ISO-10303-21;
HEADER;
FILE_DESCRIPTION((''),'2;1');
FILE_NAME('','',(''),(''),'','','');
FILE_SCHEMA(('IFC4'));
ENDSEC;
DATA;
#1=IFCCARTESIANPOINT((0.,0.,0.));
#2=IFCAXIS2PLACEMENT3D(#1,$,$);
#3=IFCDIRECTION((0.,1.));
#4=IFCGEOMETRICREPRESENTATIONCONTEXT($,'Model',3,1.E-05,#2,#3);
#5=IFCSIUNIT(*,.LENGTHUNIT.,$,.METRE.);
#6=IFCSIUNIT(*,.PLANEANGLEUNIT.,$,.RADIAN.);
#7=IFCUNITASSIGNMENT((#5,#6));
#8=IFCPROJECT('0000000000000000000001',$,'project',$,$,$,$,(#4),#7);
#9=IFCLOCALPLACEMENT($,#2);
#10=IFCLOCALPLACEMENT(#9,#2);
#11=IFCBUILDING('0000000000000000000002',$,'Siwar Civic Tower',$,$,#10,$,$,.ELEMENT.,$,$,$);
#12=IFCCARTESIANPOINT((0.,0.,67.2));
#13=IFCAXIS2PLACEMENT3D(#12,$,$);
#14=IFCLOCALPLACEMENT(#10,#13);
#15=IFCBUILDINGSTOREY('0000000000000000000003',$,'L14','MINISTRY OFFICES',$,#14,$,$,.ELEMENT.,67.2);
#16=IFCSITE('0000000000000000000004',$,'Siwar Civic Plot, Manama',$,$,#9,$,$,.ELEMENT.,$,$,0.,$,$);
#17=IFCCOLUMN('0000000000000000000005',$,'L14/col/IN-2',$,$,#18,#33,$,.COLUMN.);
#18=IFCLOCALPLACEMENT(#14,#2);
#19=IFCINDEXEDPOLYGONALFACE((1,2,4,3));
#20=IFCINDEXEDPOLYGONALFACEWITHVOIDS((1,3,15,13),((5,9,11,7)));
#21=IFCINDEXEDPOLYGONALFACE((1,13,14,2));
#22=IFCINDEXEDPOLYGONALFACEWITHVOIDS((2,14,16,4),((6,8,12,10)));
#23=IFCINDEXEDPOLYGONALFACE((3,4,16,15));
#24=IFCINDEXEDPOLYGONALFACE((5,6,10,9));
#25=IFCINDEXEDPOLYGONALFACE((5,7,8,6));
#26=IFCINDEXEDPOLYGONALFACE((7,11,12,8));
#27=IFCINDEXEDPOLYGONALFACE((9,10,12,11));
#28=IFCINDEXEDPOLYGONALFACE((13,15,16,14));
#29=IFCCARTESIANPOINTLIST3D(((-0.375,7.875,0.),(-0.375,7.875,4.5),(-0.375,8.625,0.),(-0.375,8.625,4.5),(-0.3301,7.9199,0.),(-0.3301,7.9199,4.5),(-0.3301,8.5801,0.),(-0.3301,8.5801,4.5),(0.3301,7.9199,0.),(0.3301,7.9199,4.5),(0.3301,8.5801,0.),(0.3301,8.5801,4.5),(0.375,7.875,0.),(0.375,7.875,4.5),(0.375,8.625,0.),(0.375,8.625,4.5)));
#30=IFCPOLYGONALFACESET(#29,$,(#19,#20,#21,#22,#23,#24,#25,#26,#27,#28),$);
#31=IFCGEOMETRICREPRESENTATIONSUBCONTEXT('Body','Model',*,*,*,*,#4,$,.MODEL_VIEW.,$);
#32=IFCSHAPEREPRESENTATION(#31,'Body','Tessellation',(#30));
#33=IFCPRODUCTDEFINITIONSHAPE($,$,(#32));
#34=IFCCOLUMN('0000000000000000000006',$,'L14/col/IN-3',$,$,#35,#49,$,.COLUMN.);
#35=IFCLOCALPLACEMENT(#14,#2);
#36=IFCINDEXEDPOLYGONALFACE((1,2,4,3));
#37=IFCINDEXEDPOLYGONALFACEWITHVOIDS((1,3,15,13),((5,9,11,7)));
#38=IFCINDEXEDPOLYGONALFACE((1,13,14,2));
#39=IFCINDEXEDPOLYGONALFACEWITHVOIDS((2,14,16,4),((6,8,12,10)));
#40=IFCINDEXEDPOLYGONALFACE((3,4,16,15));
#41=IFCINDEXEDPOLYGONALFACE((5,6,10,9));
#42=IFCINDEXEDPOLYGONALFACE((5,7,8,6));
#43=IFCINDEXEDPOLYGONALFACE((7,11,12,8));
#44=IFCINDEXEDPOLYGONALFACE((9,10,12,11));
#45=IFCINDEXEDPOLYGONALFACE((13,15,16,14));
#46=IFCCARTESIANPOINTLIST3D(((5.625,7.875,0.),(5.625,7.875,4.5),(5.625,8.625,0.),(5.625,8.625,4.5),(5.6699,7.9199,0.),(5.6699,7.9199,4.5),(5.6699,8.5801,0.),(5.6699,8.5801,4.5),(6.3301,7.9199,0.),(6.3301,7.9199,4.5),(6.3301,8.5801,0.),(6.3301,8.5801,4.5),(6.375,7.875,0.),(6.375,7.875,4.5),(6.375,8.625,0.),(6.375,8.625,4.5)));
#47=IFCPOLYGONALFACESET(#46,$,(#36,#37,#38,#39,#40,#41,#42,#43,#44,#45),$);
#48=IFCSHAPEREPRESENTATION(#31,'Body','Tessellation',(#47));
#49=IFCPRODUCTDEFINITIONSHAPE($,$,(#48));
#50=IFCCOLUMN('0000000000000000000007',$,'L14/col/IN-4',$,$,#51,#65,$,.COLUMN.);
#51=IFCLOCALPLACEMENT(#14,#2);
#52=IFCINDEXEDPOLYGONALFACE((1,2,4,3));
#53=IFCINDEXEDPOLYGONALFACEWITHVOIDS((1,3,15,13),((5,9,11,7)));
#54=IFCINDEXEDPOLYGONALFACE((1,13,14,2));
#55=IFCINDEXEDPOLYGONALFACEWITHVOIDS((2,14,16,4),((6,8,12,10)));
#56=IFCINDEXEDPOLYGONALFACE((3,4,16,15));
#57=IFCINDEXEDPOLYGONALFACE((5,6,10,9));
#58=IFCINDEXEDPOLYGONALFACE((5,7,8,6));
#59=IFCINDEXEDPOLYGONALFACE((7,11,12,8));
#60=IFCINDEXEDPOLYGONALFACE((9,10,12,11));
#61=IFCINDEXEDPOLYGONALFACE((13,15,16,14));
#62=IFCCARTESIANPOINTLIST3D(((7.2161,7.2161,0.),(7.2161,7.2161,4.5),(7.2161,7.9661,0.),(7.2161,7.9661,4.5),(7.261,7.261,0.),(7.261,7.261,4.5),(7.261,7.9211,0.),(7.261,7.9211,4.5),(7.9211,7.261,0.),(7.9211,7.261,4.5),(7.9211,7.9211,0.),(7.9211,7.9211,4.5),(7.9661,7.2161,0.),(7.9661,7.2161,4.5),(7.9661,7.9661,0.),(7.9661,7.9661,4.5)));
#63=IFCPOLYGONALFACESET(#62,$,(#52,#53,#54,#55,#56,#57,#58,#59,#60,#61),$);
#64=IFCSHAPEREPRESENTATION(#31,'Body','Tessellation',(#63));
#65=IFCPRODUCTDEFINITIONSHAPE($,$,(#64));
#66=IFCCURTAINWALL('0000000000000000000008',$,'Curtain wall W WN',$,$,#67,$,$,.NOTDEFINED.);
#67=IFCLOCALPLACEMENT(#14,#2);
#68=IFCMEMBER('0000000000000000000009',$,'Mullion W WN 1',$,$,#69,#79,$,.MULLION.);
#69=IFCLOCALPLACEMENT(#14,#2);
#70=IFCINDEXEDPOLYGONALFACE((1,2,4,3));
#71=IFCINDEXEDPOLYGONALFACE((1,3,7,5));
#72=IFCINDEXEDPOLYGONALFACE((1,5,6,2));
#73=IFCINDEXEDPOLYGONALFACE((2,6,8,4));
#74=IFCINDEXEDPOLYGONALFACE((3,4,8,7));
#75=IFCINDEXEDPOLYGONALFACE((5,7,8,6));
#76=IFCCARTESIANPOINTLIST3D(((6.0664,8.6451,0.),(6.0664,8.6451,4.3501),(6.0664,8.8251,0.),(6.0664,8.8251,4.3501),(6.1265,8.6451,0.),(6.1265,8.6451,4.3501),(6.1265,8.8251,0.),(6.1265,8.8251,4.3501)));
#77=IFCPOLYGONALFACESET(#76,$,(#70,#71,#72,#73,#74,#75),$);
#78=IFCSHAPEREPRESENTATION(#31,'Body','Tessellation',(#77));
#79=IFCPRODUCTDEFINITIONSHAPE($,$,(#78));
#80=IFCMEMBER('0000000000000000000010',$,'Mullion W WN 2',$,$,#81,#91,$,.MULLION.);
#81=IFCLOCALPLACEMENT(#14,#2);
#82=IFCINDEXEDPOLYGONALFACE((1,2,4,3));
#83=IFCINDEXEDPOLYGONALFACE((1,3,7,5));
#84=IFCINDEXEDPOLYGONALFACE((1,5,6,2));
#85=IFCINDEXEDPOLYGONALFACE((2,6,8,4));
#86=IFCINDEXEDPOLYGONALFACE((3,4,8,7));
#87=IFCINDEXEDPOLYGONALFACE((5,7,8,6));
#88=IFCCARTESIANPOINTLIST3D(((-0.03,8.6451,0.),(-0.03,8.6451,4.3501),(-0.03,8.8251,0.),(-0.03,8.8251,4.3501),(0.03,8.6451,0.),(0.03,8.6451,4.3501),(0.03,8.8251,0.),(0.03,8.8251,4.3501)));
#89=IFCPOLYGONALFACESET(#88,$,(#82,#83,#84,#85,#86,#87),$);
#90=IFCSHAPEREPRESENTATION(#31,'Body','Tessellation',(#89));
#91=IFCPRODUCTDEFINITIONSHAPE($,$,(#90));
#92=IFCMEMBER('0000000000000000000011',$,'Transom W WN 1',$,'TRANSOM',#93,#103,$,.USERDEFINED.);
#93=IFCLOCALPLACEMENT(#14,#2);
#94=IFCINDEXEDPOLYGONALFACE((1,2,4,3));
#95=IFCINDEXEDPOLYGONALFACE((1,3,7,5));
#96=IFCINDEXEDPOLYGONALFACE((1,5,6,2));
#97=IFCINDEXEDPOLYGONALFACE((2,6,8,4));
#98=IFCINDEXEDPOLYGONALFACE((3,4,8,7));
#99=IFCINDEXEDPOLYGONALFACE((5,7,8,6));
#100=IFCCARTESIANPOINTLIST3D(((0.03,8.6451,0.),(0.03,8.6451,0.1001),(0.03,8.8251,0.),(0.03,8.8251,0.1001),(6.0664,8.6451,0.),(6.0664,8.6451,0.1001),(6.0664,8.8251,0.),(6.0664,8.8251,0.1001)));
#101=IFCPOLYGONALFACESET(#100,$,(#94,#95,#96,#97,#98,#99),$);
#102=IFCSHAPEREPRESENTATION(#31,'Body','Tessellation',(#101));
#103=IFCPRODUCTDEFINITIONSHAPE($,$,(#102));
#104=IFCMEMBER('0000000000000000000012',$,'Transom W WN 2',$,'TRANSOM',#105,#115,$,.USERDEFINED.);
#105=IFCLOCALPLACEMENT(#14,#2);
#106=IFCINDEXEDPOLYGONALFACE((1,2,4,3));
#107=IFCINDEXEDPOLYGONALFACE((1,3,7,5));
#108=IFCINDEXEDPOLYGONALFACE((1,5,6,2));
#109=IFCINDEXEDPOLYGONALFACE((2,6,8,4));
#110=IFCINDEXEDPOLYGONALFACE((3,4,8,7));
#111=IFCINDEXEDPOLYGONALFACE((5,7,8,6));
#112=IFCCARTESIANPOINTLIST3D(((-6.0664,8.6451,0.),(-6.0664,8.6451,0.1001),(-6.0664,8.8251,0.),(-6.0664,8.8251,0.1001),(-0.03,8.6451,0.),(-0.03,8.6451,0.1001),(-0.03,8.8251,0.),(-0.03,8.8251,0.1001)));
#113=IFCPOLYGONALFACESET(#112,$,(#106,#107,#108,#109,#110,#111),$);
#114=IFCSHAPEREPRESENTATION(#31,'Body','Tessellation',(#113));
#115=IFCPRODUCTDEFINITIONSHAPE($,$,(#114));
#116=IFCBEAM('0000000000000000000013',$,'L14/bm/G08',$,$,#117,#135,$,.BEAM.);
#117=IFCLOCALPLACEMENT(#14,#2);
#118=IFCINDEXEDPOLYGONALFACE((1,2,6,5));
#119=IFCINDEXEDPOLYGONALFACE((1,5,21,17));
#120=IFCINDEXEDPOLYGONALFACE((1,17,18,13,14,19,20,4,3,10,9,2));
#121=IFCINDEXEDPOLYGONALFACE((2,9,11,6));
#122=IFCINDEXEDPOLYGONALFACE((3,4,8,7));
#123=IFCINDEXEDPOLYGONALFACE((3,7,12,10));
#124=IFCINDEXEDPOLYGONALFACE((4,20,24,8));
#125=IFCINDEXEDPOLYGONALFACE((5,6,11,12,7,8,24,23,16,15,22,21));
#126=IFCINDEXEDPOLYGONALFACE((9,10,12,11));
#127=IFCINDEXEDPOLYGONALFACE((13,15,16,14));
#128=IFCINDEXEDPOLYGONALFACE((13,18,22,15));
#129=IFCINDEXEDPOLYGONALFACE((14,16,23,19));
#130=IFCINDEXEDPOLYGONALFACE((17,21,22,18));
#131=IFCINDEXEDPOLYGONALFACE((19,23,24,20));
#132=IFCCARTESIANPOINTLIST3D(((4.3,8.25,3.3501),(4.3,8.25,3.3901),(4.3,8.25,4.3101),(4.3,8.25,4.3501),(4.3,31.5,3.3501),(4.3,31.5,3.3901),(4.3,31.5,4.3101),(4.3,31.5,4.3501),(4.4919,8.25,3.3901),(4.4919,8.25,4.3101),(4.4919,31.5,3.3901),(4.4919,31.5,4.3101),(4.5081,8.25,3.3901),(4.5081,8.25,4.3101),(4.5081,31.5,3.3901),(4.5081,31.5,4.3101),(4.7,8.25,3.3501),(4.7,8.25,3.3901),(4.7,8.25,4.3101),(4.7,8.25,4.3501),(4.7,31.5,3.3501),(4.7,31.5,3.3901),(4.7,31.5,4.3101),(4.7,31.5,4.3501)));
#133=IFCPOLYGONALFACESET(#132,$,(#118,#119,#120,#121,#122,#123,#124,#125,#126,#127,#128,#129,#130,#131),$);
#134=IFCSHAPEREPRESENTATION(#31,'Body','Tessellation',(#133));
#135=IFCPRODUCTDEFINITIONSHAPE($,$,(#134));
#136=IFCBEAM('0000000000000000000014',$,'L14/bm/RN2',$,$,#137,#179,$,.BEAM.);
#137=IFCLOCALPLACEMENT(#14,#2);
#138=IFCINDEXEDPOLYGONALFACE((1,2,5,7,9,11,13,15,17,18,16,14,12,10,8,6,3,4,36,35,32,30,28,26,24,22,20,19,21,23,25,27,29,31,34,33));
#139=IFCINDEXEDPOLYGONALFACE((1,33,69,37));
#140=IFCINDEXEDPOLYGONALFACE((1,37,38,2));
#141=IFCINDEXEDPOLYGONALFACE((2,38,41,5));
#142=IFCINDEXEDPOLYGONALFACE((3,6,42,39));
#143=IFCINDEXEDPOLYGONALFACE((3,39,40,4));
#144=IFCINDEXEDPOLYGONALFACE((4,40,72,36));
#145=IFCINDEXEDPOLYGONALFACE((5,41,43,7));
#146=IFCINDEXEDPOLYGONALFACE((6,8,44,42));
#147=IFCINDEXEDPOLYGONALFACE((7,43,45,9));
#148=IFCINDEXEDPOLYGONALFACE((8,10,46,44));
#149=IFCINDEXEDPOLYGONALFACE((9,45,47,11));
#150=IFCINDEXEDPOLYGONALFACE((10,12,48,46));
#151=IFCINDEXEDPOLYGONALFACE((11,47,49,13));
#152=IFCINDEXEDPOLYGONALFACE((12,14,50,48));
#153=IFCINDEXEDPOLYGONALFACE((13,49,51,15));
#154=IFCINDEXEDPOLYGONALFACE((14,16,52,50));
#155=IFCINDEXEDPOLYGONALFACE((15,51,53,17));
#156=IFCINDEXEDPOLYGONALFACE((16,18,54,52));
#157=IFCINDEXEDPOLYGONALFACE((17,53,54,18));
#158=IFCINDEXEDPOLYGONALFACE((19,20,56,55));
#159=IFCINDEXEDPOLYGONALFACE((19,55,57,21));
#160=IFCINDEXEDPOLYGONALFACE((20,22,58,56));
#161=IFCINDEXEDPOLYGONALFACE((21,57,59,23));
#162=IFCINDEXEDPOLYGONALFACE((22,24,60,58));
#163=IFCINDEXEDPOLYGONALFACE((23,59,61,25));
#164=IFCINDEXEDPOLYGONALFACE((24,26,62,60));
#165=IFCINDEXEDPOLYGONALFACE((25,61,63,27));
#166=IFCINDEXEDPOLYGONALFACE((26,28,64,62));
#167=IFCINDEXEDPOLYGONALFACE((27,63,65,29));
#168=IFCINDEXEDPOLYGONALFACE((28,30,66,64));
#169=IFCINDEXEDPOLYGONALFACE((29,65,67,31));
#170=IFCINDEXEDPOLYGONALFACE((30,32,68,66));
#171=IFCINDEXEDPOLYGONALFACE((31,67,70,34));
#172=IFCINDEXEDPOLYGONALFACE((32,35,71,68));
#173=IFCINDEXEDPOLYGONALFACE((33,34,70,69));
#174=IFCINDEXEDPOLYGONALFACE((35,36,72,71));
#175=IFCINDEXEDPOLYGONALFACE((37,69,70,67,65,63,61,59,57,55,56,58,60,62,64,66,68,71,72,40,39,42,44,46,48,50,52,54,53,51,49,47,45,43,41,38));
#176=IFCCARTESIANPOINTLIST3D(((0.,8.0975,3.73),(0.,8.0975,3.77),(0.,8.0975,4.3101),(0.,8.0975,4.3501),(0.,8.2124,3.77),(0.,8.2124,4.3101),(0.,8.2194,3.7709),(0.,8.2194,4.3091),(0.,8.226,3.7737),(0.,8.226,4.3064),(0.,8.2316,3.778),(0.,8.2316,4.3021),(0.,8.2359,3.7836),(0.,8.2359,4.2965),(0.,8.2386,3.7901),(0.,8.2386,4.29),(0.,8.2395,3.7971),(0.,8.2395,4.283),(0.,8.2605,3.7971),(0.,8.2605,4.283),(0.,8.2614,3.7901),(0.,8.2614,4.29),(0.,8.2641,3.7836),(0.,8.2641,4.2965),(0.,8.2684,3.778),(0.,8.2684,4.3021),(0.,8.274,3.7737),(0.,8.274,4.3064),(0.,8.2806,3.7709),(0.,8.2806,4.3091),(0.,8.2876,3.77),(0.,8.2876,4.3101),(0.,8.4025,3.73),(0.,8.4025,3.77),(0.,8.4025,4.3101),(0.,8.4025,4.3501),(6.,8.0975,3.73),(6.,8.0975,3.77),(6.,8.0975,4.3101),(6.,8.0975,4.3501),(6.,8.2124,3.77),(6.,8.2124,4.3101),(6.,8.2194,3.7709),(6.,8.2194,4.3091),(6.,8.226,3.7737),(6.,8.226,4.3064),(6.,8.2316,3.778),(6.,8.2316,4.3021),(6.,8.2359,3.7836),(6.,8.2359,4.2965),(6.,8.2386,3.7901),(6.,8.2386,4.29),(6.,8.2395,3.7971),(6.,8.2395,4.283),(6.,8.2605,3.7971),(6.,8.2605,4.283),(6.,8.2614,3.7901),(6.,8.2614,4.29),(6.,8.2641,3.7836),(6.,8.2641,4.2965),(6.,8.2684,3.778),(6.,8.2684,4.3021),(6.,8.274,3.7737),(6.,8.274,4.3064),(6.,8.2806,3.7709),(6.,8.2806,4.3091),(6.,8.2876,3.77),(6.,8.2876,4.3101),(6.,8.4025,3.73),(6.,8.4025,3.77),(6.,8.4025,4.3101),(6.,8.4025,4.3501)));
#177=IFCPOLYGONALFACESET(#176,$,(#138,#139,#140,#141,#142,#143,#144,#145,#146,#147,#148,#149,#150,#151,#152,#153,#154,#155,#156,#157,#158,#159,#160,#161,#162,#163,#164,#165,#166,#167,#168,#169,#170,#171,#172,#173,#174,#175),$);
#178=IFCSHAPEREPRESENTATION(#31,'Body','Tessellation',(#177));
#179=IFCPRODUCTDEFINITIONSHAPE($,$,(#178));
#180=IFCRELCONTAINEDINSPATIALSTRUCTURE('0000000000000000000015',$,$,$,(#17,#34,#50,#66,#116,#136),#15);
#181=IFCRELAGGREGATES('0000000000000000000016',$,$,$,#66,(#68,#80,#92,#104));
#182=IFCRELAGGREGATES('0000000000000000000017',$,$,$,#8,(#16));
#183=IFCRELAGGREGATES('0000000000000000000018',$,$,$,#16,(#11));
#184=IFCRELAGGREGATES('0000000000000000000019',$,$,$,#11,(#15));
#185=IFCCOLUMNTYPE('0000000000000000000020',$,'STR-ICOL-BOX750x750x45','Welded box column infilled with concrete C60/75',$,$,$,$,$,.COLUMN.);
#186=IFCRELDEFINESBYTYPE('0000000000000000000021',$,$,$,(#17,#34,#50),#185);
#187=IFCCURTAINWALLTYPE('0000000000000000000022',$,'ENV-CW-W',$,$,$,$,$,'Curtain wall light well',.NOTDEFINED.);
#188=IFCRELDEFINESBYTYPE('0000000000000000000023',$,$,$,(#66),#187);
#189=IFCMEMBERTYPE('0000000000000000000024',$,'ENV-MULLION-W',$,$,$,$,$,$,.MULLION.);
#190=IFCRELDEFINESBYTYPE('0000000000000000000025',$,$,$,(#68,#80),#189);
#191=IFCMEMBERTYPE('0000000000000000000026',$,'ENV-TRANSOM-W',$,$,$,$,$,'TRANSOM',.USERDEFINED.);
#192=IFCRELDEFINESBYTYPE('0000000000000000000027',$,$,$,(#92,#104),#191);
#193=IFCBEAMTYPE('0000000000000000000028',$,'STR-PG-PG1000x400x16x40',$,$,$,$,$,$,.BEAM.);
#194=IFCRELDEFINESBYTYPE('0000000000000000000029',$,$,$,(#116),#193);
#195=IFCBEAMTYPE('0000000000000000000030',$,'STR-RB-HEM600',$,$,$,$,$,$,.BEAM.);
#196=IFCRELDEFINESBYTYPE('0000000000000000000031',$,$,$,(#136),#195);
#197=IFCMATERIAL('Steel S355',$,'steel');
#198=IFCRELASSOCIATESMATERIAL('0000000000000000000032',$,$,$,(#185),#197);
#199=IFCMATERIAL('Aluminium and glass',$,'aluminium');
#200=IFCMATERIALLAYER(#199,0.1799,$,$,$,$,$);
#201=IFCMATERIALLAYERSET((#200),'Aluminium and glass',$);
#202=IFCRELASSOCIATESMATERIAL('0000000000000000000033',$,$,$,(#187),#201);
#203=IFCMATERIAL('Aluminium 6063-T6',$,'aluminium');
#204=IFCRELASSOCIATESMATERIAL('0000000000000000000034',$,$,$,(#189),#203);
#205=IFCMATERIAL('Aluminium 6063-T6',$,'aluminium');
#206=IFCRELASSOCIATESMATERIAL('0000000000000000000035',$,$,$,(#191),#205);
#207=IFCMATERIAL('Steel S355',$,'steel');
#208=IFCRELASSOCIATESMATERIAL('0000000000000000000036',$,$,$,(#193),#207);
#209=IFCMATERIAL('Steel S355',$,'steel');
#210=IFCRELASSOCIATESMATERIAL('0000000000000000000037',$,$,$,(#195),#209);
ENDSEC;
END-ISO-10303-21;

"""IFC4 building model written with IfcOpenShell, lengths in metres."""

from ifc_helpers import new_model, si_unit, direction, frame, origin, origin_2d, place, context, subcontext, project, spatial, rectangle, hollow_rectangle, i_section, extrude, material, layer, layer_set, material_profile, profile_set, type_object, element, aggregate, save


model = new_model("IFC4")

# Units and contexts
model_context = context("Model", 3, precision=1e-05, world=origin(), true_north=direction((0.0, 1.0)))
body_context = subcontext(model_context, "Body", "Model", "MODEL_VIEW")
ifc_project = project(units=[si_unit("LENGTHUNIT", "METRE"), si_unit("PLANEANGLEUNIT", "RADIAN")], contexts=[model_context])

# Site, building, storey
site_placement = place(None, origin())
site = spatial("IfcSite", under=ifc_project, at=site_placement, Name="Siwar Civic Plot, Manama", CompositionType="ELEMENT", RefElevation=0.0)
building_placement = place(site_placement, origin())
building = spatial("IfcBuilding", under=site, at=building_placement, Name="Siwar Civic Tower", CompositionType="ELEMENT")
storey_placement = place(building_placement, frame((0.0, 0.0, 67.2)))
storey = spatial("IfcBuildingStorey", under=building, at=storey_placement, Name="L14", Description="MINISTRY OFFICES", CompositionType="ELEMENT", Elevation=67.2)

# Columns
ifc_material_1 = material(Name="Steel S355", Category="steel")
ifc_material_profile_1 = material_profile(ifc_material_1, hollow_rectangle(XDim=0.75, YDim=0.75, WallThickness=0.0449, at=origin_2d()), Name="BOX750x750x45")
ifc_profile_set_1 = profile_set([ifc_material_profile_1], Name="Steel S355")
column_type = type_object("IfcColumnType", Name="STR-ICOL-BOX750x750x45", Description="Welded box column infilled with concrete C60/75", PredefinedType="COLUMN", material=ifc_profile_set_1)
for number, where, z_axis, x_axis, name in (
    (1, (0.0, 8.25, 0.0), (0.0, 0.0, 1.0), (1.0, 0.0, 0.0), "L14/col/IN-2"),
    (2, (6.0, 8.25, 0.0), (0.0, 0.0, 1.0), (1.0, 0.0, 0.0), "L14/col/IN-3"),
    (3, (7.5911, 7.5911, 0.0), (0.0, 0.0, 1.0), (1.0, 0.0, 0.0), "L14/col/IN-4"),
):
    element("IfcColumn", number, at=place(storey_placement, frame(where, z_axis=z_axis, x_axis=x_axis)), inside=storey, type_object=column_type, Name=name, PredefinedType="COLUMN", context=body_context, shape_type="SweptSolid", body=[
        extrude(hollow_rectangle(XDim=0.75, YDim=0.75, WallThickness=0.0449, at=origin_2d()), origin(), (0.0, 0.0, 1.0), 4.5),
    ])

# Curtain wall, members
ifc_material_2 = material(Name="Aluminium and glass", Category="aluminium")
ifc_layer_1 = layer(ifc_material_2, 0.1799)
ifc_layer_set_1 = layer_set([ifc_layer_1], Name="Aluminium and glass")
curtain_wall_type = type_object("IfcCurtainWallType", Name="ENV-CW-W", ElementType="Curtain wall light well", PredefinedType="NOTDEFINED", material=ifc_layer_set_1)
curtain_wall_placement = place(storey_placement, origin())
curtain_wall = element("IfcCurtainWall", 4, at=curtain_wall_placement, inside=storey, type_object=curtain_wall_type, Name="Curtain wall W WN", PredefinedType="NOTDEFINED")
ifc_material_3 = material(Name="Aluminium 6063-T6", Category="aluminium")
ifc_material_profile_2 = material_profile(ifc_material_3, rectangle(XDim=0.1799, YDim=0.0601, at=origin_2d()), Name="AL 180x60")
ifc_profile_set_2 = profile_set([ifc_material_profile_2], Name="Aluminium 6063-T6")
member_type_1 = type_object("IfcMemberType", Name="ENV-MULLION-W", PredefinedType="MULLION", material=ifc_profile_set_2)
member_1_placement = place(storey_placement, frame((6.0964, 8.7351, 0.0), z_axis=(0.0, 0.0, 1.0), x_axis=(0.0, -1.0, 0.0)))
member_1 = element("IfcMember", 5, at=member_1_placement, type_object=member_type_1, Name="Mullion W WN 1", PredefinedType="MULLION", context=body_context, shape_type="SweptSolid", body=[
    extrude(rectangle(XDim=0.1799, YDim=0.0601, at=origin_2d()), origin(), (0.0, 0.0, 1.0), 4.3501),
])
member_2_placement = place(storey_placement, frame((0.0, 8.7351, 0.0), z_axis=(0.0, 0.0, 1.0), x_axis=(0.0, -1.0, 0.0)))
member_2 = element("IfcMember", 6, at=member_2_placement, type_object=member_type_1, Name="Mullion W WN 2", PredefinedType="MULLION", context=body_context, shape_type="SweptSolid", body=[
    extrude(rectangle(XDim=0.1799, YDim=0.0601, at=origin_2d()), origin(), (0.0, 0.0, 1.0), 4.3501),
])
ifc_material_4 = material(Name="Aluminium 6063-T6", Category="aluminium")
ifc_material_profile_3 = material_profile(ifc_material_4, rectangle(XDim=0.1799, YDim=0.1001, at=origin_2d()), Name="AL 180x100")
ifc_profile_set_3 = profile_set([ifc_material_profile_3], Name="Aluminium 6063-T6")
member_type_2 = type_object("IfcMemberType", Name="ENV-TRANSOM-W", ElementType="TRANSOM", PredefinedType="USERDEFINED", material=ifc_profile_set_3)
member_3_placement = place(storey_placement, frame((6.0664, 8.7351, 0.05), z_axis=(-1.0, 0.0, 0.0), x_axis=(0.0, -1.0, 0.0)))
member_3 = element("IfcMember", 7, at=member_3_placement, type_object=member_type_2, Name="Transom W WN 1", ObjectType="TRANSOM", PredefinedType="USERDEFINED", context=body_context, shape_type="SweptSolid", body=[
    extrude(rectangle(XDim=0.1799, YDim=0.1001, at=origin_2d()), origin(), (0.0, 0.0, 1.0), 6.0364),
])
member_4_placement = place(storey_placement, frame((-0.03, 8.7351, 0.05), z_axis=(-1.0, 0.0, 0.0), x_axis=(0.0, -1.0, 0.0)))
member_4 = element("IfcMember", 8, at=member_4_placement, type_object=member_type_2, Name="Transom W WN 2", ObjectType="TRANSOM", PredefinedType="USERDEFINED", context=body_context, shape_type="SweptSolid", body=[
    extrude(rectangle(XDim=0.1799, YDim=0.1001, at=origin_2d()), origin(), (0.0, 0.0, 1.0), 6.0364),
])

# Beams
ifc_material_5 = material(Name="Steel S355", Category="steel")
ifc_material_profile_4 = material_profile(ifc_material_5, i_section(OverallWidth=0.3999, OverallDepth=1.0, WebThickness=0.0161, FlangeThickness=0.04, at=origin_2d()), Name="PG1000x400x16x40")
ifc_profile_set_4 = profile_set([ifc_material_profile_4], Name="Steel S355")
beam_type_1 = type_object("IfcBeamType", Name="STR-PG-PG1000x400x16x40", PredefinedType="BEAM", material=ifc_profile_set_4)
beam_1_placement = place(storey_placement, frame((4.5, 8.25, 3.8501), z_axis=(0.0, 1.0, 0.0), x_axis=(-1.0, 0.0, 0.0)))
element("IfcBeam", 9, at=beam_1_placement, inside=storey, type_object=beam_type_1, Name="L14/bm/G08", PredefinedType="BEAM", context=body_context, shape_type="SweptSolid", body=[
    extrude(i_section(OverallWidth=0.3999, OverallDepth=1.0, WebThickness=0.0161, FlangeThickness=0.04, at=origin_2d()), origin(), (0.0, 0.0, 1.0), 23.25),
])
ifc_material_6 = material(Name="Steel S355", Category="steel")
ifc_material_profile_5 = material_profile(ifc_material_6, i_section(OverallWidth=0.3049, OverallDepth=0.6201, WebThickness=0.021, FlangeThickness=0.04, FilletRadius=0.0271, at=origin_2d()), Name="HEM600")
ifc_profile_set_5 = profile_set([ifc_material_profile_5], Name="Steel S355")
beam_type_2 = type_object("IfcBeamType", Name="STR-RB-HEM600", PredefinedType="BEAM", material=ifc_profile_set_5)
beam_2_placement = place(storey_placement, frame((0.0, 8.25, 4.04), z_axis=(1.0, 0.0, 0.0), x_axis=(0.0, 1.0, 0.0)))
element("IfcBeam", 10, at=beam_2_placement, inside=storey, type_object=beam_type_2, Name="L14/bm/RN2", PredefinedType="BEAM", context=body_context, shape_type="SweptSolid", body=[
    extrude(i_section(OverallWidth=0.3049, OverallDepth=0.6201, WebThickness=0.021, FlangeThickness=0.04, FilletRadius=0.0271, at=origin_2d()), origin(), (0.0, 0.0, 1.0), 6.0),
])

aggregate(curtain_wall, [member_1, member_2, member_3, member_4])

save(model, "model.ifc")
